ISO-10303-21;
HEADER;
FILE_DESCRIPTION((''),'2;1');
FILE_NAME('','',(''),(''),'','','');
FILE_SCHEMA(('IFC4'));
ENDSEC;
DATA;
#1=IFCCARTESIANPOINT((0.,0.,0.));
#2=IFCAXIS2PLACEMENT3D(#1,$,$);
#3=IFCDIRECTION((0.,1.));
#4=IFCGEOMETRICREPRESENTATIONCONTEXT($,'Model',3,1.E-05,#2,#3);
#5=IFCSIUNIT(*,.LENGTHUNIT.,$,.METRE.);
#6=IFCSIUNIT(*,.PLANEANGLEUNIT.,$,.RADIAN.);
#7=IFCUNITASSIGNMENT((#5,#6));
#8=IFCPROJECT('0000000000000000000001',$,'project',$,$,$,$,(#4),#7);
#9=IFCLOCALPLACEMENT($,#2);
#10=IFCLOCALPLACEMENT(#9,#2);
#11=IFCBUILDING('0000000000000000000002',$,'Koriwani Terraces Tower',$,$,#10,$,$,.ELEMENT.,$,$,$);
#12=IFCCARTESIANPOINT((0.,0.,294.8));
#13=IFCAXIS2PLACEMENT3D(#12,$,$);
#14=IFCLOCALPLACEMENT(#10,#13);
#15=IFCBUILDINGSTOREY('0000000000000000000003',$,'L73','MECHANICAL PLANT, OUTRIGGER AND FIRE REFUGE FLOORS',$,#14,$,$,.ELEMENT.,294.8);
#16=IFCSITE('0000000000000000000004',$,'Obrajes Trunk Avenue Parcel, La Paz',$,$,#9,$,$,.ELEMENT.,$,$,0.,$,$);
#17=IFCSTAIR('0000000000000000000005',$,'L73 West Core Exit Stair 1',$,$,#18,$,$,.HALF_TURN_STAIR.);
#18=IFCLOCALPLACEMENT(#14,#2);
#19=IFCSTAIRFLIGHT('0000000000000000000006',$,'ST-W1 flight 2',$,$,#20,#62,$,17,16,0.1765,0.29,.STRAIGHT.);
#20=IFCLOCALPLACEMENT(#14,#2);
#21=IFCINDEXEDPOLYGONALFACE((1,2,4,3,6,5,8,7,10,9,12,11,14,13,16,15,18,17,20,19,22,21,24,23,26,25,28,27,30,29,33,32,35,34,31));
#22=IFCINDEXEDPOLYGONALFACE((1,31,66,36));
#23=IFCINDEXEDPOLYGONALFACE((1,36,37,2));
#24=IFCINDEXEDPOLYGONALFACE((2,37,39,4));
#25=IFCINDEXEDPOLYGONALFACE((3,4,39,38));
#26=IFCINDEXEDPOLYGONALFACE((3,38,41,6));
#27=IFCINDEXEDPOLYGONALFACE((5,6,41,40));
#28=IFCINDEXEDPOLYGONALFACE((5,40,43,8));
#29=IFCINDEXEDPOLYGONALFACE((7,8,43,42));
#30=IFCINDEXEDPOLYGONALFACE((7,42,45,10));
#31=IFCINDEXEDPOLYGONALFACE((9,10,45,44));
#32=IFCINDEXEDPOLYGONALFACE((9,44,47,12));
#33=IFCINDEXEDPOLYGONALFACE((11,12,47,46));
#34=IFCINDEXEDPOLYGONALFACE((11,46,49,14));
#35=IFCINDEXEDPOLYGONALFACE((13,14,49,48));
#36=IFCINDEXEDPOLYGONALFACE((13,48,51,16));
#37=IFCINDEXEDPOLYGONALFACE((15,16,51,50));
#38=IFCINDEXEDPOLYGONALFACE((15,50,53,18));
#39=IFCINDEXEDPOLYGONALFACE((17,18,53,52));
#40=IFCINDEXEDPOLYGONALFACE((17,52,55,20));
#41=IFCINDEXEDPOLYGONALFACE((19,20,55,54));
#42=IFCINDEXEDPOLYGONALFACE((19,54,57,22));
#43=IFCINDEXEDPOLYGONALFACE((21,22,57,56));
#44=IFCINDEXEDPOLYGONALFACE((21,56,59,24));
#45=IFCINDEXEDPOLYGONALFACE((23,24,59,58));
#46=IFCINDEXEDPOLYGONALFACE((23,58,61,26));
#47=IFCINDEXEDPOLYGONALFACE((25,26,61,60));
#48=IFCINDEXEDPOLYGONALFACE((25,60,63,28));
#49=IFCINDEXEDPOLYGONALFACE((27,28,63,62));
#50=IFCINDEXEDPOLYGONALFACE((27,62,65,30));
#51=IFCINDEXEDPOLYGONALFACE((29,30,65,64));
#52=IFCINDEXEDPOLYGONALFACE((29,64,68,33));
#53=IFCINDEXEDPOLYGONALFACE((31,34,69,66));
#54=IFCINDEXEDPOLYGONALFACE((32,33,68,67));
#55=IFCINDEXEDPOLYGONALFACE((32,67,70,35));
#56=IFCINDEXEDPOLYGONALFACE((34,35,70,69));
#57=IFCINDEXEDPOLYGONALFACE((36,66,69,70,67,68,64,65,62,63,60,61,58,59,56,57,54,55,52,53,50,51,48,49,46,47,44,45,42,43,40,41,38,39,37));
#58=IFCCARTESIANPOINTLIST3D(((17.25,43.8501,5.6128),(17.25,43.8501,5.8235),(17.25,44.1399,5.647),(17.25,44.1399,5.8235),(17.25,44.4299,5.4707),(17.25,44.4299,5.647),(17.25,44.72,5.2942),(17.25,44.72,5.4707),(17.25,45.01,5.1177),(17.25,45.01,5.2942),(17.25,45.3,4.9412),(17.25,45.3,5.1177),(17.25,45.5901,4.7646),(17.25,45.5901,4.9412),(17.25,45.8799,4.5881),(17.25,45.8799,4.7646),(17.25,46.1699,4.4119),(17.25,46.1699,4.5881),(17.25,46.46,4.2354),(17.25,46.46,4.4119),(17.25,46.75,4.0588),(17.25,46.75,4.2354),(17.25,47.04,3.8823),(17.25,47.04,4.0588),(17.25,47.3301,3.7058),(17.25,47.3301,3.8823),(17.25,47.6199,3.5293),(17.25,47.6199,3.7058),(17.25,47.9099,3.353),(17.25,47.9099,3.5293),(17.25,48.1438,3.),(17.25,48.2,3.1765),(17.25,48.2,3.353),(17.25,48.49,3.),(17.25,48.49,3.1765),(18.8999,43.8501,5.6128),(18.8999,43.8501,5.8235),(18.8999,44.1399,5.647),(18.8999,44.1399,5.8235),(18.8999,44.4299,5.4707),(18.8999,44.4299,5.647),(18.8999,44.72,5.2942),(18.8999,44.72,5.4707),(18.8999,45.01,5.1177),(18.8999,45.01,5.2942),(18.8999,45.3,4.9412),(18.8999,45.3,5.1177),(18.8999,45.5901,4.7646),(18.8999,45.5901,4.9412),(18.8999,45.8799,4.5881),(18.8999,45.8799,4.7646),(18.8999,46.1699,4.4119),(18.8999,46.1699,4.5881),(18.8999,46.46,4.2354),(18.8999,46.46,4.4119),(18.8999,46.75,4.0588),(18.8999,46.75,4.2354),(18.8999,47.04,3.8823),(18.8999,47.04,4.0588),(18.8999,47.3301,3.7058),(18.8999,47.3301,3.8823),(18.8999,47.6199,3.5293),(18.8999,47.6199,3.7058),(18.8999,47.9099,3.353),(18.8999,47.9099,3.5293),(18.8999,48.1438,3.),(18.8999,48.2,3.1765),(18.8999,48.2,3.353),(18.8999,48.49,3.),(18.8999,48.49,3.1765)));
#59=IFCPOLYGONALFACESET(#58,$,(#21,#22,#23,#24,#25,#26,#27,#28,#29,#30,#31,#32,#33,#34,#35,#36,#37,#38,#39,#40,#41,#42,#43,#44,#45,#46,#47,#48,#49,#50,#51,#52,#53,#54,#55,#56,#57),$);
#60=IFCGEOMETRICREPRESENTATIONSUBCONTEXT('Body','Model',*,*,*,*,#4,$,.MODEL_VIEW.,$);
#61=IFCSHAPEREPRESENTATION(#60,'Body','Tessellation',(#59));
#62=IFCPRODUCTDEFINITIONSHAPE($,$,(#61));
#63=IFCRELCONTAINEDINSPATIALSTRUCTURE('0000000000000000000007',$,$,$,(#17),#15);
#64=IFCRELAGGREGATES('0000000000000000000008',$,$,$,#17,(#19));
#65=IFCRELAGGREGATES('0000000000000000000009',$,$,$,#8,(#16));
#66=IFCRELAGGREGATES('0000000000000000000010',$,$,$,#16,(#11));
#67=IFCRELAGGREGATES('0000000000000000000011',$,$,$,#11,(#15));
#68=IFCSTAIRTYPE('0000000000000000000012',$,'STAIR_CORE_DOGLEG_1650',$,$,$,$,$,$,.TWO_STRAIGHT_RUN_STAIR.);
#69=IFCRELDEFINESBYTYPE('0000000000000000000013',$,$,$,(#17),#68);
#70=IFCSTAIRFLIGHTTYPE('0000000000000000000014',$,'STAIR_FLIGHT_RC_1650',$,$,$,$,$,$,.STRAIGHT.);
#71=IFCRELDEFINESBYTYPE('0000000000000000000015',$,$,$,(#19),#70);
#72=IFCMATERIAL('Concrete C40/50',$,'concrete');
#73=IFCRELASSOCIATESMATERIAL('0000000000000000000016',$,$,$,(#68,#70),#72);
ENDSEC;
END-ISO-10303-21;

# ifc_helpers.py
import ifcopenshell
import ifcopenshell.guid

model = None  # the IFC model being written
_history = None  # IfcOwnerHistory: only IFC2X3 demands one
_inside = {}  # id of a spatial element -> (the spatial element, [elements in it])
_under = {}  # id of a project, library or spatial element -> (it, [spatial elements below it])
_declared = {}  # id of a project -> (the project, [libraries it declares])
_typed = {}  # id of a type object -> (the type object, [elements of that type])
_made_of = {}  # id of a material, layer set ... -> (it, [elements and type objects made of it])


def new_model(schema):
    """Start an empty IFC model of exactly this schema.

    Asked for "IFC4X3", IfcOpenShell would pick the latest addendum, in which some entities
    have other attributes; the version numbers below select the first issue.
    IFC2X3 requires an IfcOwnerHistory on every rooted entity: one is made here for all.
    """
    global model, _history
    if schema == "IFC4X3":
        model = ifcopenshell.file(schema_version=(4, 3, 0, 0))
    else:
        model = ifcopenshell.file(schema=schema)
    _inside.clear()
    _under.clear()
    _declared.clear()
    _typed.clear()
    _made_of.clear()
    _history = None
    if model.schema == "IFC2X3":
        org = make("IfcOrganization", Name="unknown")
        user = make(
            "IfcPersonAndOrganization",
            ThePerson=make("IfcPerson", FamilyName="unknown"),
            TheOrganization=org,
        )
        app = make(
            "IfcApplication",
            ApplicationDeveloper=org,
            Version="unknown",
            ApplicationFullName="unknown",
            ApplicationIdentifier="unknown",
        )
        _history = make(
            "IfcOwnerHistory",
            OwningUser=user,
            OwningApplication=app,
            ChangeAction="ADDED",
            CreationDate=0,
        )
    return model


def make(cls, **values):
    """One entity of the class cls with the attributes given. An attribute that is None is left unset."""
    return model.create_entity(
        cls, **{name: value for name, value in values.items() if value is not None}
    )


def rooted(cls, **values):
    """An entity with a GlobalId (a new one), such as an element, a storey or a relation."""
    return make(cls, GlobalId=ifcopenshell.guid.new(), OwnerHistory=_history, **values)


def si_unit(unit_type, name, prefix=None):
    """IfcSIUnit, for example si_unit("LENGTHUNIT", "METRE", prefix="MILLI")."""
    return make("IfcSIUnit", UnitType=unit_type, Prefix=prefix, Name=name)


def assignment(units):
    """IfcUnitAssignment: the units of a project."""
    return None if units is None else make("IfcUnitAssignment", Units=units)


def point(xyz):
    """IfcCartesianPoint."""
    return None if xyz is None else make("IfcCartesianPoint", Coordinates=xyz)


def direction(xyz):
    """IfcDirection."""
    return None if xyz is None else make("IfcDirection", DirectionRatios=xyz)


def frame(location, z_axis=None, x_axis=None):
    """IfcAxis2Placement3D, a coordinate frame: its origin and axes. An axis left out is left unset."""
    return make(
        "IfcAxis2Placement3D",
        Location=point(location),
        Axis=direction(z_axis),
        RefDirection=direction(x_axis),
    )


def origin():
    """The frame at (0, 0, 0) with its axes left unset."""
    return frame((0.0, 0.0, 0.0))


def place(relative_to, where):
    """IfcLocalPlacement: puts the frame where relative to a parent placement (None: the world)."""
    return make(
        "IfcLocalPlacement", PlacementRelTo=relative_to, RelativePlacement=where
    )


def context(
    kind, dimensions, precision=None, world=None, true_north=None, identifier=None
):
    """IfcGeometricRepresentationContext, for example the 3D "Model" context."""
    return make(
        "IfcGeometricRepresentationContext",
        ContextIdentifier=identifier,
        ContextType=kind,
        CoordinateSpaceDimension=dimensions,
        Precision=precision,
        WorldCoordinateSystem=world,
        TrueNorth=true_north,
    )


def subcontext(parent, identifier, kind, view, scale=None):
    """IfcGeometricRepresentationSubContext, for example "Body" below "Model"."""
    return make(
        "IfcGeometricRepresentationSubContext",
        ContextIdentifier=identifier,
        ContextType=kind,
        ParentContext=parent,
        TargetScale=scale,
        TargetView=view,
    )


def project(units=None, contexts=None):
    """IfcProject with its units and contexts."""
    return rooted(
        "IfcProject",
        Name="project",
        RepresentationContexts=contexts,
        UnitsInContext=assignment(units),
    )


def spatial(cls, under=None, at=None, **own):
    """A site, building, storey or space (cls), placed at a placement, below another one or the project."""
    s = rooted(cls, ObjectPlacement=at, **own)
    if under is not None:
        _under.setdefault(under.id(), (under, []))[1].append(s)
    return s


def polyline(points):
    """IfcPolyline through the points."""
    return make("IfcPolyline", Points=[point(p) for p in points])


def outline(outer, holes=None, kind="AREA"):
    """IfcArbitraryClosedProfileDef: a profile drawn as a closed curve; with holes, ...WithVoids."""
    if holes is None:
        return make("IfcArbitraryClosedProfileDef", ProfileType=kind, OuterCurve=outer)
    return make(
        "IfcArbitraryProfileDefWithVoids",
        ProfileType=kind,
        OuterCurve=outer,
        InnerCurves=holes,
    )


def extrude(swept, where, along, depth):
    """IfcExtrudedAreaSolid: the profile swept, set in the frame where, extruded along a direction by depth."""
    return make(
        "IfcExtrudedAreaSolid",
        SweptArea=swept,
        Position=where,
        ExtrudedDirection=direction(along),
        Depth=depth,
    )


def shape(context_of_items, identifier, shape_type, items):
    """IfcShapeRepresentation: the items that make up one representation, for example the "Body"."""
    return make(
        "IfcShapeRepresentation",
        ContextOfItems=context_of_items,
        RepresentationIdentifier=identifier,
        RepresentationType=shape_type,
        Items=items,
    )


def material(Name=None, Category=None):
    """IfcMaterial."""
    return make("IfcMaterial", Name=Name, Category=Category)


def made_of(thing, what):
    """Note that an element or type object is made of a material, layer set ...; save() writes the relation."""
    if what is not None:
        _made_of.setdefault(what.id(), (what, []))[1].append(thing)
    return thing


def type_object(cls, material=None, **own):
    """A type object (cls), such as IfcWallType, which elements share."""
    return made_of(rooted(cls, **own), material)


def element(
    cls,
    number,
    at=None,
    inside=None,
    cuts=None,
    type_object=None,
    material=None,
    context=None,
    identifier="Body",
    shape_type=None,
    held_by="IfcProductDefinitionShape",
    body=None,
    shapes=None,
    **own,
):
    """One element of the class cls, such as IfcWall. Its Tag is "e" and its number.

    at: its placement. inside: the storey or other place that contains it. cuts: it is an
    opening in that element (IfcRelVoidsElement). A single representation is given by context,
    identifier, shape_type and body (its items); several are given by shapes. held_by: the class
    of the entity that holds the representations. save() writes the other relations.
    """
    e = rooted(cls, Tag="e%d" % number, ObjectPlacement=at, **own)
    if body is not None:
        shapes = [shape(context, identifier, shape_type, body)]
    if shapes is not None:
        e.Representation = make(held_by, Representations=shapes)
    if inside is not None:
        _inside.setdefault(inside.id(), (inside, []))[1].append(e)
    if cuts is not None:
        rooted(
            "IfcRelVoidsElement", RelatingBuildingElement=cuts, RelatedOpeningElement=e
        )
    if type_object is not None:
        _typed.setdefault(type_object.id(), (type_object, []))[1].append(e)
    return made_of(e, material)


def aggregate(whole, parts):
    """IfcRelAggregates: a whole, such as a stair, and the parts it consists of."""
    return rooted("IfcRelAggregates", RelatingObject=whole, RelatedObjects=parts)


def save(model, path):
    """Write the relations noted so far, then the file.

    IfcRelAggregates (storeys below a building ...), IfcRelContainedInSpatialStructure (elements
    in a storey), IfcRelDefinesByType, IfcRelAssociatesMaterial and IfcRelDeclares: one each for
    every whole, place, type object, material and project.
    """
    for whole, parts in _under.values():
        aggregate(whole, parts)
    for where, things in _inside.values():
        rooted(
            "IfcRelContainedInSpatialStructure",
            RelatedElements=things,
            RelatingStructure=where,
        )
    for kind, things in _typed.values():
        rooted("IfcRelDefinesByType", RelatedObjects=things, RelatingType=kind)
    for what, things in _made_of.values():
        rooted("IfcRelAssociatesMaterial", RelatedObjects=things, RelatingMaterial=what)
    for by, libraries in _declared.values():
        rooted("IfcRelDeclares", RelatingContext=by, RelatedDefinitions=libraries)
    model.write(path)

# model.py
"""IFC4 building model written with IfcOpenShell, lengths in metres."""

from ifc_helpers import new_model, si_unit, direction, frame, origin, place, context, subcontext, project, spatial, polyline, outline, extrude, material, type_object, element, aggregate, save


model = new_model("IFC4")

# Units and contexts
model_context = context("Model", 3, precision=1e-05, world=origin(), true_north=direction((0.0, 1.0)))
body_context = subcontext(model_context, "Body", "Model", "MODEL_VIEW")
ifc_project = project(units=[si_unit("LENGTHUNIT", "METRE"), si_unit("PLANEANGLEUNIT", "RADIAN")], contexts=[model_context])

# Site, building, storey
site_placement = place(None, origin())
site = spatial("IfcSite", under=ifc_project, at=site_placement, Name="Obrajes Trunk Avenue Parcel, La Paz", CompositionType="ELEMENT", RefElevation=0.0)
building_placement = place(site_placement, origin())
building = spatial("IfcBuilding", under=site, at=building_placement, Name="Koriwani Terraces Tower", CompositionType="ELEMENT")
storey_placement = place(building_placement, frame((0.0, 0.0, 294.8)))
storey = spatial("IfcBuildingStorey", under=building, at=storey_placement, Name="L73", Description="MECHANICAL PLANT, OUTRIGGER AND FIRE REFUGE FLOORS", CompositionType="ELEMENT", Elevation=294.8)

# Shared definitions
ifc_material_1 = material(Name="Concrete C40/50", Category="concrete")

# Stair, stair flight
stair_type = type_object("IfcStairType", Name="STAIR_CORE_DOGLEG_1650", PredefinedType="TWO_STRAIGHT_RUN_STAIR", material=ifc_material_1)
stair_placement = place(storey_placement, origin())
stair = element("IfcStair", 1, at=stair_placement, inside=storey, type_object=stair_type, Name="L73 West Core Exit Stair 1", PredefinedType="HALF_TURN_STAIR")
stair_flight_type = type_object("IfcStairFlightType", Name="STAIR_FLIGHT_RC_1650", PredefinedType="STRAIGHT", material=ifc_material_1)
stair_flight_1_placement = place(storey_placement, frame((18.075, 48.49, 3.0), z_axis=(0.0, 0.0, 1.0), x_axis=(0.0, -1.0, 0.0)))
stair_flight_1 = element("IfcStairFlight", 2, at=stair_flight_1_placement, type_object=stair_flight_type, Name="ST-W1 flight 2", NumberOfRisers=17, NumberOfTreads=16, PredefinedType="STRAIGHT", RiserHeight=0.1765, TreadLength=0.29, context=body_context, shape_type="SweptSolid", body=[
    extrude(outline(polyline([(0.0, 0.0), (0.0, 0.1765), (0.29, 0.1765), (0.29, 0.353), (0.5801, 0.353), (0.5801, 0.5293), (0.8701, 0.5293), (0.8701, 0.7058), (1.1599, 0.7058), (1.1599, 0.8823), (1.45, 0.8823), (1.45, 1.0588), (1.74, 1.0588), (1.74, 1.2354), (2.03, 1.2354), (2.03, 1.4119), (2.3201, 1.4119), (2.3201, 1.5881), (2.6101, 1.5881), (2.6101, 1.7646), (2.8999, 1.7646), (2.8999, 1.9412), (3.1899, 1.9412), (3.1899, 2.1177), (3.48, 2.1177), (3.48, 2.2942), (3.77, 2.2942), (3.77, 2.4707), (4.0601, 2.4707), (4.0601, 2.647), (4.3501, 2.647), (4.3501, 2.8235), (4.6399, 2.8235), (4.6399, 3.0), (4.6399, 2.6128), (0.3462, 0.0), (0.0, 0.0)])), frame((0.0, 0.825, 0.0), z_axis=(0.0, -1.0, 0.0), x_axis=(1.0, 0.0, 0.0)), (0.0, 0.0, 1.0), 1.6499),
])
aggregate(stair, [stair_flight_1])

save(model, "model.ifc")
